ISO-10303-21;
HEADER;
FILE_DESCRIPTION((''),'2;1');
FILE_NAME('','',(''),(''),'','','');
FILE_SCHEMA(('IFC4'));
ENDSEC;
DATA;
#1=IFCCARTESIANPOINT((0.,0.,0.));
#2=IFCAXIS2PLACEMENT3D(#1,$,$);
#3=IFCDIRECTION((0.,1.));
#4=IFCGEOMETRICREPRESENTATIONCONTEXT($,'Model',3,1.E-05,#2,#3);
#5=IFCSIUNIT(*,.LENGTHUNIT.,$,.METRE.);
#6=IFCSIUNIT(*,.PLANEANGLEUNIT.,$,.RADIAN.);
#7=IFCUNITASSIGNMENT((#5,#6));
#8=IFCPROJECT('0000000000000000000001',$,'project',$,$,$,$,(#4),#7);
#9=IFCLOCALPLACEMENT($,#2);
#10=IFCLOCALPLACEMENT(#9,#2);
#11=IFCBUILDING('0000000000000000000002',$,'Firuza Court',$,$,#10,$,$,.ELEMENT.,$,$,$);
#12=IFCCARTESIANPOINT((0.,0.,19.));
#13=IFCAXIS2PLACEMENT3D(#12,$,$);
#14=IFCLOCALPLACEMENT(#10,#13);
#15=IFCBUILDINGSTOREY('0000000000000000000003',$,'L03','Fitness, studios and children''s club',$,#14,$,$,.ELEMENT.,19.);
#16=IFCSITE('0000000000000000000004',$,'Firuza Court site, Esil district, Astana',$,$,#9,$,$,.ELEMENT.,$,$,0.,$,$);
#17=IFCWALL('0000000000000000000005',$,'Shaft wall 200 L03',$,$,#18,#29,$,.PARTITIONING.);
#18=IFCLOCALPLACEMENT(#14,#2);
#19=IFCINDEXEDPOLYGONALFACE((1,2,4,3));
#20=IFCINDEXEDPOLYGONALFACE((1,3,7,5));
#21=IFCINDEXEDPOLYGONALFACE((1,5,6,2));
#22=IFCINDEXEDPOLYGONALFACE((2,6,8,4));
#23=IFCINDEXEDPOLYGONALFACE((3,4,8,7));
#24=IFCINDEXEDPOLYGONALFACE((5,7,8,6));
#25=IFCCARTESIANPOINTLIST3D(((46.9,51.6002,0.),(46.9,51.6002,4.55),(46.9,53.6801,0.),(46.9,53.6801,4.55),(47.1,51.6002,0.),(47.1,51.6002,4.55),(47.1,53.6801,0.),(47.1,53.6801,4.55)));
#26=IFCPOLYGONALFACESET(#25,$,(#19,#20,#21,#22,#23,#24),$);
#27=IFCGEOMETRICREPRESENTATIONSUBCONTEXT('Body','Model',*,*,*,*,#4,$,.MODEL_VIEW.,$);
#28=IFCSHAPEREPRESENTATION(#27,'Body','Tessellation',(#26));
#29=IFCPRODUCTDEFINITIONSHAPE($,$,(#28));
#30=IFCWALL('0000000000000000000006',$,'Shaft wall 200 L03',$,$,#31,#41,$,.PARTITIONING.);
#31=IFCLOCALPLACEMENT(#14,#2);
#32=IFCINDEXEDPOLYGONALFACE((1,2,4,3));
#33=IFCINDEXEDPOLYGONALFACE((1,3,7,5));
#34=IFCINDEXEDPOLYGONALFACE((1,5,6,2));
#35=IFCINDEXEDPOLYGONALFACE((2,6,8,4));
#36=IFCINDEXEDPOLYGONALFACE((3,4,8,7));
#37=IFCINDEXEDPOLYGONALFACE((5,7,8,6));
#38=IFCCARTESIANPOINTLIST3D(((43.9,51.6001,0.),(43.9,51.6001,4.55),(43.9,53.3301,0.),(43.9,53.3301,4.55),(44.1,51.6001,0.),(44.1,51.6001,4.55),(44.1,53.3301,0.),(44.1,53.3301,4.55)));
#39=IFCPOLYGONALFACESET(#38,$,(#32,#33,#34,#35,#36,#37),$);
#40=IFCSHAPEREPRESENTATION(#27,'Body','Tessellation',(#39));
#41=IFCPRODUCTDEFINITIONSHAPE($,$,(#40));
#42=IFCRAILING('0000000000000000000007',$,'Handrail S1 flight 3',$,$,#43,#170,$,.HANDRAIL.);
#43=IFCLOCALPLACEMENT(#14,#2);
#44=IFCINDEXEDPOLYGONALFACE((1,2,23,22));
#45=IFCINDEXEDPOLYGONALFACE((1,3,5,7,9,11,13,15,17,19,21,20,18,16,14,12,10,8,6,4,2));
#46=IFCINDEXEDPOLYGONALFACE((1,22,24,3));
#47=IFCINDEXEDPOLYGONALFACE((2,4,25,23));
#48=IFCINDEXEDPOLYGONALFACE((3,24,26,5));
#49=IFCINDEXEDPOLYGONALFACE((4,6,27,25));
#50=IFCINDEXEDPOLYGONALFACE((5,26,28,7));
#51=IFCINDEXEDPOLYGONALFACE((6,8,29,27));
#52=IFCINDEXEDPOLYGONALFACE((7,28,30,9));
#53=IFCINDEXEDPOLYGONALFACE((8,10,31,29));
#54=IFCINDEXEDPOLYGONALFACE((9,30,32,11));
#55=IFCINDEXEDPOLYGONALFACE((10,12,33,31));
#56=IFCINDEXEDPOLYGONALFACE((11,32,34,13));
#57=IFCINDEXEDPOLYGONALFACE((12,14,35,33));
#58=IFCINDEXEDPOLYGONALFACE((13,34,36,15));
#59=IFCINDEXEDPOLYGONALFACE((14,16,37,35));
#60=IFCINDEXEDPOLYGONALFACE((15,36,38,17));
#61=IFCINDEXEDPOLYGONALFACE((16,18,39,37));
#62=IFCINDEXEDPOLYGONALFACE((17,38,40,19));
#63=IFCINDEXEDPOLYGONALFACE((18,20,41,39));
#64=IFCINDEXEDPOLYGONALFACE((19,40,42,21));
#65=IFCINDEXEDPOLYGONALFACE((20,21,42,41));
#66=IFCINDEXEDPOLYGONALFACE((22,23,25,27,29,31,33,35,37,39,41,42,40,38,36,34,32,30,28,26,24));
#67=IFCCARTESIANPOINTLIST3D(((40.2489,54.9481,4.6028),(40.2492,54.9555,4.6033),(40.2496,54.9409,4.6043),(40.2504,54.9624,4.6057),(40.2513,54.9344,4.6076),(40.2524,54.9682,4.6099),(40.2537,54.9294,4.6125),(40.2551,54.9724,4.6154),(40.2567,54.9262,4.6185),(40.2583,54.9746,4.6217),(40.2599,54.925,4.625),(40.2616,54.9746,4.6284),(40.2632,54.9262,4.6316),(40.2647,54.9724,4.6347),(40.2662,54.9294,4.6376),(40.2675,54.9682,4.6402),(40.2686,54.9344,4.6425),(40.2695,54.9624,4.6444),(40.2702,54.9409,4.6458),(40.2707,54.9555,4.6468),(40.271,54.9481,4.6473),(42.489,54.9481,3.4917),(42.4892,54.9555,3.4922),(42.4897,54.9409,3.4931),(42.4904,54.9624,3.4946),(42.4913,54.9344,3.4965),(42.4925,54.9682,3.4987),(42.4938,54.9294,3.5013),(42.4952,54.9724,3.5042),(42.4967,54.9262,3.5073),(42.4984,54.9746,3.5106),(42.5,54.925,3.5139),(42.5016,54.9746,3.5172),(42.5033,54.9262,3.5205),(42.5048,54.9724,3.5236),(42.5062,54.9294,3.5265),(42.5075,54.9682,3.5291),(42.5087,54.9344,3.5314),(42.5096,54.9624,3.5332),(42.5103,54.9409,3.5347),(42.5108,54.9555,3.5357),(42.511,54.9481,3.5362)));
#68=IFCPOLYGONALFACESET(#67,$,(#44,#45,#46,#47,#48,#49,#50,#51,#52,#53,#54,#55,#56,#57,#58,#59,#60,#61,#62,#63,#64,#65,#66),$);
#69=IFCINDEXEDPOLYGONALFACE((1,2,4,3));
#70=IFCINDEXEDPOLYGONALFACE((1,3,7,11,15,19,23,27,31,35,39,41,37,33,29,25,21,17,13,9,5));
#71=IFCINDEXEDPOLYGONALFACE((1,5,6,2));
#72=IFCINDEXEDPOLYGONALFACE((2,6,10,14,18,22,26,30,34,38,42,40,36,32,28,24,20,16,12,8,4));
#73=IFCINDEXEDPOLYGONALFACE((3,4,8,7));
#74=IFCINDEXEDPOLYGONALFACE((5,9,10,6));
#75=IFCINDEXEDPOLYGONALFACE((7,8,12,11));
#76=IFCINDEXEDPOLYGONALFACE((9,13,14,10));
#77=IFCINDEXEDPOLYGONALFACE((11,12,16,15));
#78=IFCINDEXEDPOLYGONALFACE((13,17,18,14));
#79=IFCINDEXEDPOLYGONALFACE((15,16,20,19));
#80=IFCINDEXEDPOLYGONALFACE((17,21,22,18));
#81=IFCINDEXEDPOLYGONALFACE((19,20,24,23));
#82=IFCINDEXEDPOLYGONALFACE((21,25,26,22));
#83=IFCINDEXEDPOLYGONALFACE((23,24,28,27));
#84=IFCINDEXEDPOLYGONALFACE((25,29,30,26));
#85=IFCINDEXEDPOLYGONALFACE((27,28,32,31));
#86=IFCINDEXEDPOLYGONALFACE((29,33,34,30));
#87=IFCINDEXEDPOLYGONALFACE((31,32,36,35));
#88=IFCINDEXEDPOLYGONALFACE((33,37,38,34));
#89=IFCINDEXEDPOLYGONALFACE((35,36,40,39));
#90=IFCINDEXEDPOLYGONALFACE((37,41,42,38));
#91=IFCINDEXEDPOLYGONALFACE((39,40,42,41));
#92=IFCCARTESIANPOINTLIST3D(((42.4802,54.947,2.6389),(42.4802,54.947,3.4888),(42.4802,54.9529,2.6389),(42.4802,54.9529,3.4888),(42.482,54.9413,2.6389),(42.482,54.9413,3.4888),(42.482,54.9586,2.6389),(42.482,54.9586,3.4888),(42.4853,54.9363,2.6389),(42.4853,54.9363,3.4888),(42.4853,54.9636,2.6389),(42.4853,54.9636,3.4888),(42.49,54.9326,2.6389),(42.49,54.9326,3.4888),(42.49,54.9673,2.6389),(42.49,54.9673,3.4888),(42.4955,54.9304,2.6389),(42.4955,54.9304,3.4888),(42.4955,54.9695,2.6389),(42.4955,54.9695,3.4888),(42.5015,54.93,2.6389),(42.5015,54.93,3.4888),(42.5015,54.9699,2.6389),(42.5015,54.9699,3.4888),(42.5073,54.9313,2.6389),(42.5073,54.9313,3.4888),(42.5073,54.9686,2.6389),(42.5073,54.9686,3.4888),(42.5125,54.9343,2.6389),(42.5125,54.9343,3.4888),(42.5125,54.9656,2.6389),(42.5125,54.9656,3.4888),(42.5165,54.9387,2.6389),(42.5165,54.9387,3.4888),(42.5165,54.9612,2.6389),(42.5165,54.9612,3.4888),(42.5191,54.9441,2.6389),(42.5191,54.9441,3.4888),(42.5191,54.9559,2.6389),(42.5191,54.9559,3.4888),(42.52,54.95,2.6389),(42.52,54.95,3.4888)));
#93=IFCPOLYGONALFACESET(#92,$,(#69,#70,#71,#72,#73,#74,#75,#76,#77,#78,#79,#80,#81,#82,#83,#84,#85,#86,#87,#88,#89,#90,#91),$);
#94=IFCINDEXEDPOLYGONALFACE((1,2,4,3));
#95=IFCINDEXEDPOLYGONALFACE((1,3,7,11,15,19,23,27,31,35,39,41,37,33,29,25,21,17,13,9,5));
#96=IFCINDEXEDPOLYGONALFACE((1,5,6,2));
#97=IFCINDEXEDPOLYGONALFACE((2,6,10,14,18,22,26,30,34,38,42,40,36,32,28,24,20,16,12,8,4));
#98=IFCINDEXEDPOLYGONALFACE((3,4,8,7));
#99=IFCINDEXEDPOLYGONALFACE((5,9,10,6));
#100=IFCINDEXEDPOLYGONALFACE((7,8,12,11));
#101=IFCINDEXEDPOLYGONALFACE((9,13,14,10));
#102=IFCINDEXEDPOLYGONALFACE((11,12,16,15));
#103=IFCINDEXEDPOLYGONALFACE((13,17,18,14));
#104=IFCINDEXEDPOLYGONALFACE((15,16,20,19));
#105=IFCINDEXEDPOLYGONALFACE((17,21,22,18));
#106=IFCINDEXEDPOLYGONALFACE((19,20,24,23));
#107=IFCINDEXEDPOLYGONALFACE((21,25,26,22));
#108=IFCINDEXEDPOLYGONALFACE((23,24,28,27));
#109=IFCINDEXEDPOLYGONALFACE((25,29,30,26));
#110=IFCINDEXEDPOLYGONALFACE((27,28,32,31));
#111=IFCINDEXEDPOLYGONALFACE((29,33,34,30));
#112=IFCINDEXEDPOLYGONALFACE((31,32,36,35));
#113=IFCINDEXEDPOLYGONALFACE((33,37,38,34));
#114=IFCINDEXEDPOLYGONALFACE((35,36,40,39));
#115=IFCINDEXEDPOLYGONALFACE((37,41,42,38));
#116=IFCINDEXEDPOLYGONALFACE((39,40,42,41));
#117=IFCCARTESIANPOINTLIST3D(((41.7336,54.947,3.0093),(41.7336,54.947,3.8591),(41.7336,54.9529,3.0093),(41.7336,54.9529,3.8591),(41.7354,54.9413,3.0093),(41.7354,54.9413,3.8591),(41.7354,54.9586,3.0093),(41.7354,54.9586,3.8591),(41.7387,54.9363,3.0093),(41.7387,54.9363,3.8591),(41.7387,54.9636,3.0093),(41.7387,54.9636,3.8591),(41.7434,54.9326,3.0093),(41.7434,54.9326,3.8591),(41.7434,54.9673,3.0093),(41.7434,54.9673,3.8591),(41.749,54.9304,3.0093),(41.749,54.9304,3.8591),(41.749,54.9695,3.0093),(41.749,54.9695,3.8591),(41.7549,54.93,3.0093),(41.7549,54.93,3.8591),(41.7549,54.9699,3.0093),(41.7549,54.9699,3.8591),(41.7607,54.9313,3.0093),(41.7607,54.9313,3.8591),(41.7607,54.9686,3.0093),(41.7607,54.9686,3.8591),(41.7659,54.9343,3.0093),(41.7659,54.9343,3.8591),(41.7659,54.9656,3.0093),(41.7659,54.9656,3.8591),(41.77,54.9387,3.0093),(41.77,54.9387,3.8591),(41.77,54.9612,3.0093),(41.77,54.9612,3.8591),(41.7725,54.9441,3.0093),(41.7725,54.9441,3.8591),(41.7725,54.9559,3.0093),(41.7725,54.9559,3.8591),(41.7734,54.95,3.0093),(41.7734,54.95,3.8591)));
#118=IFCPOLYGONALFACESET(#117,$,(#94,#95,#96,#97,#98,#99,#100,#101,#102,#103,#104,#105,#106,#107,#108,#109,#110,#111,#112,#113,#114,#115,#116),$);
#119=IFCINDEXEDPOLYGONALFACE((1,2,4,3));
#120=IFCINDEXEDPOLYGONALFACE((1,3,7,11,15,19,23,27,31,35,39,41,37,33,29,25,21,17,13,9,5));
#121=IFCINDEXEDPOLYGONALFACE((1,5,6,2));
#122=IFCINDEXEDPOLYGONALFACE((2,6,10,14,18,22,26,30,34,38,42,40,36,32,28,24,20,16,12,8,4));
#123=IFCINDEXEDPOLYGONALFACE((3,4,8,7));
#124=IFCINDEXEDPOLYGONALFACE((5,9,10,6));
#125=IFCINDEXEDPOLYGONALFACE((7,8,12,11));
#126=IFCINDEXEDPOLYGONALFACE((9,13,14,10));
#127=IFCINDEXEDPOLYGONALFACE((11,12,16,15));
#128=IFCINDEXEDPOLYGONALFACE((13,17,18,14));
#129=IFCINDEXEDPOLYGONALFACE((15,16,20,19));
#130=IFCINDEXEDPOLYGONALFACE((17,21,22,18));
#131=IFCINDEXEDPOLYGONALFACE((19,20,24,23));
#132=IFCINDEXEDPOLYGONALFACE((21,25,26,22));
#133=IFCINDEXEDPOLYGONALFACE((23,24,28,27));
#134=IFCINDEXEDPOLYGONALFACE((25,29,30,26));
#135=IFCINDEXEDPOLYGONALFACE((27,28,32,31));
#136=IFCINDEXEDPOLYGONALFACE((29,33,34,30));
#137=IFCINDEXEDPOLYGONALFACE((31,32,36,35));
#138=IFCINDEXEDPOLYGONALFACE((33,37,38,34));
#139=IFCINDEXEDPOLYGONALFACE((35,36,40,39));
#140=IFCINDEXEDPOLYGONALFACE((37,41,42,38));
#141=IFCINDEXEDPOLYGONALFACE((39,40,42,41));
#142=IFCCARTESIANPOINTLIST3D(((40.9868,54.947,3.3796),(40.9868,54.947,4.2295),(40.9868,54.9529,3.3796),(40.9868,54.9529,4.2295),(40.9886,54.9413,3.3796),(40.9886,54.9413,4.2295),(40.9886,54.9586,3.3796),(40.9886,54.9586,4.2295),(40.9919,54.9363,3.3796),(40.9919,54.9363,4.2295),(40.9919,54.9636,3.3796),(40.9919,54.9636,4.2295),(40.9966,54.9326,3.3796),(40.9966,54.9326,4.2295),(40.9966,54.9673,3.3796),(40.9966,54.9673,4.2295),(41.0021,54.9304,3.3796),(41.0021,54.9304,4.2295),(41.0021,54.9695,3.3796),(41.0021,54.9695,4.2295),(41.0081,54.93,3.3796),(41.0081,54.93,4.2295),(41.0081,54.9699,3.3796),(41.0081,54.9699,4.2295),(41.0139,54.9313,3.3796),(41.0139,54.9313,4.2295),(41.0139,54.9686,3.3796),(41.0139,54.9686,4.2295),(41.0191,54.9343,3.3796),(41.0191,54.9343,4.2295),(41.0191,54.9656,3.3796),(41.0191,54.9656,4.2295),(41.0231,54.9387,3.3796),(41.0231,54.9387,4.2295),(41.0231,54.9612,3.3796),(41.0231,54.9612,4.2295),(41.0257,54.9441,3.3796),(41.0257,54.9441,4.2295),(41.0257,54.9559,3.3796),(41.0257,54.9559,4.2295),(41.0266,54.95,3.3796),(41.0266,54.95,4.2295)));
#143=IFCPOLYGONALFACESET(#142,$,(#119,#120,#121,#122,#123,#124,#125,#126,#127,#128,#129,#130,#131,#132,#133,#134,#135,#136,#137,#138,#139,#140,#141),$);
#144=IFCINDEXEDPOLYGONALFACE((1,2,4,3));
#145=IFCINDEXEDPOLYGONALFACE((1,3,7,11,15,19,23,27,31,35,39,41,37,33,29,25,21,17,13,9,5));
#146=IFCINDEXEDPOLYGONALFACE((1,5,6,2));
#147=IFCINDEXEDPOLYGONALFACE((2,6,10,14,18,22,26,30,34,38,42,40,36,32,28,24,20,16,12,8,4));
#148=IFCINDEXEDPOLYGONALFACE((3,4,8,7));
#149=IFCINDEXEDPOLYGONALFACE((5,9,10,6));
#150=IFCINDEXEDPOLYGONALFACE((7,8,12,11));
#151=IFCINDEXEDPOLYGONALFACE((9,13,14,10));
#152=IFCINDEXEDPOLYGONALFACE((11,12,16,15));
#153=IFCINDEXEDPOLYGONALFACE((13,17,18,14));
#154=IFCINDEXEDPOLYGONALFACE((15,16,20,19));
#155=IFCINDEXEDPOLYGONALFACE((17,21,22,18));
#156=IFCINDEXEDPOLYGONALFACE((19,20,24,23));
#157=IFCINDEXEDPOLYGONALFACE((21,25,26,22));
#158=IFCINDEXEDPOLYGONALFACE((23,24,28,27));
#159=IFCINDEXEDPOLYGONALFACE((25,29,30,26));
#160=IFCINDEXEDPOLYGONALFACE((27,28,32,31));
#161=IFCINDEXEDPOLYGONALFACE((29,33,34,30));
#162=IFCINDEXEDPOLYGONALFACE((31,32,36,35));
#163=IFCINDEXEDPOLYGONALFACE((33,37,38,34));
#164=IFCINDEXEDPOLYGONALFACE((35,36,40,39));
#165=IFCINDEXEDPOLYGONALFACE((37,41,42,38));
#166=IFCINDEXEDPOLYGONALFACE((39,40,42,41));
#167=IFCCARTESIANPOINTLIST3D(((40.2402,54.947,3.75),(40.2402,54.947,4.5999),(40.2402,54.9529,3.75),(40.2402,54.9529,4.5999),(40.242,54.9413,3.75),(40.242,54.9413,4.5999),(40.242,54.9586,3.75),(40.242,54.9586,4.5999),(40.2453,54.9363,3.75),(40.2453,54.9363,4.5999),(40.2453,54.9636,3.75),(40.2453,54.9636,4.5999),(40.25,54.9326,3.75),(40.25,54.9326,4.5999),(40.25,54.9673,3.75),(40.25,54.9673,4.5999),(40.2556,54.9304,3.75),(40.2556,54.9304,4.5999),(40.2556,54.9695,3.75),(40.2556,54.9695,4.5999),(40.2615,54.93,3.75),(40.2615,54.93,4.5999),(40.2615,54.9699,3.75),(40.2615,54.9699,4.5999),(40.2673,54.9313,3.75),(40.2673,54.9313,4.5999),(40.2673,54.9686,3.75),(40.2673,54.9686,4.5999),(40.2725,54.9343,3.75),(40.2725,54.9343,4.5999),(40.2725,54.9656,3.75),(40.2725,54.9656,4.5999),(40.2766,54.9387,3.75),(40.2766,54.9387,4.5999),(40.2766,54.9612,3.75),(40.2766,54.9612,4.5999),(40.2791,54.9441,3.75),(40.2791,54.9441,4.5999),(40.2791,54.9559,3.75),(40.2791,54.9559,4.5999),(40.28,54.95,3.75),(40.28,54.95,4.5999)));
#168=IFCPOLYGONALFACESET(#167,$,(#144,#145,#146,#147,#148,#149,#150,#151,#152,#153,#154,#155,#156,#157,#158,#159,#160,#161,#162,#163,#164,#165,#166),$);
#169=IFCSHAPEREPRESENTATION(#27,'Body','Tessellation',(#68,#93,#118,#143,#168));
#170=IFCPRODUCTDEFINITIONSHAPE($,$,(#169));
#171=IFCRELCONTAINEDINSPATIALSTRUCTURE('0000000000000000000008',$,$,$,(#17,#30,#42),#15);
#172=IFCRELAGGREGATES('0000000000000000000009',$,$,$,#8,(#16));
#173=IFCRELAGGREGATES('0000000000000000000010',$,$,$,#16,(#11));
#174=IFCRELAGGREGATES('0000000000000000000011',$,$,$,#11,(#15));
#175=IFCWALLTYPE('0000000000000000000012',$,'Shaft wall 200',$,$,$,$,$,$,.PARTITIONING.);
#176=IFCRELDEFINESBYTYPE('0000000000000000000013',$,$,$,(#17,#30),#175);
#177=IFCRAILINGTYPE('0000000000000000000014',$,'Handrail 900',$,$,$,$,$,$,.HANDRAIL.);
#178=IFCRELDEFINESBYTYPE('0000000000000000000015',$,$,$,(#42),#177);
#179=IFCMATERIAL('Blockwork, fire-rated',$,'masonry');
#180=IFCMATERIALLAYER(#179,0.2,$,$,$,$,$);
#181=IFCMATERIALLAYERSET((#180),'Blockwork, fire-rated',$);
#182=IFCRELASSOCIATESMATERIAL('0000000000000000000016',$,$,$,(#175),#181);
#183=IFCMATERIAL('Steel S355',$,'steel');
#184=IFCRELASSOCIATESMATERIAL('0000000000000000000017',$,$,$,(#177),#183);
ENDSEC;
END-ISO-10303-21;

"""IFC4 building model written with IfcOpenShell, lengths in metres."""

from ifc_helpers import new_model, si_unit, direction, frame, frame_2d, origin, origin_2d, place, context, subcontext, project, spatial, rectangle, circle, extrude, material, layer, layer_set, type_object, element, save


model = new_model("IFC4")

# Units and contexts
model_context = context("Model", 3, precision=1e-05, world=origin(), true_north=direction((0.0, 1.0)))
body_context = subcontext(model_context, "Body", "Model", "MODEL_VIEW")
ifc_project = project(units=[si_unit("LENGTHUNIT", "METRE"), si_unit("PLANEANGLEUNIT", "RADIAN")], contexts=[model_context])

# Site, building, storey
site_placement = place(None, origin())
site = spatial("IfcSite", under=ifc_project, at=site_placement, Name="Firuza Court site, Esil district, Astana", CompositionType="ELEMENT", RefElevation=0.0)
building_placement = place(site_placement, origin())
building = spatial("IfcBuilding", under=site, at=building_placement, Name="Firuza Court", CompositionType="ELEMENT")
storey_placement = place(building_placement, frame((0.0, 0.0, 19.0)))
storey = spatial("IfcBuildingStorey", under=building, at=storey_placement, Name="L03", Description="Fitness, studios and children's club", CompositionType="ELEMENT", Elevation=19.0)

# Shared definitions
ifc_material_1 = material(Name="Blockwork, fire-rated", Category="masonry")
ifc_layer_1 = layer(ifc_material_1, 0.2)
ifc_layer_set_1 = layer_set([ifc_layer_1], Name="Blockwork, fire-rated")
wall_type_1 = type_object("IfcWallType", Name="Shaft wall 200", PredefinedType="PARTITIONING", material=ifc_layer_set_1)

# Walls
for number, where, z_axis, x_axis, name in (
    (1, (47.0, 51.6001, 0.0), (0.0, 0.0, 1.0), (0.0, 1.0, 0.0), "Shaft wall 200 L03"),
):
    element("IfcWall", number, at=place(storey_placement, frame(where, z_axis=z_axis, x_axis=x_axis)), inside=storey, type_object=wall_type_1, Name=name, PredefinedType="PARTITIONING", context=body_context, shape_type="SweptSolid", body=[
        extrude(rectangle(XDim=2.0798, YDim=0.2, at=frame_2d((1.04, 0.0))), origin(), (0.0, 0.0, 1.0), 4.55),
    ])
wall_1_placement = place(storey_placement, frame((44.0, 51.6001, 0.0), z_axis=(0.0, 0.0, 1.0), x_axis=(0.0, 1.0, 0.0)))
element("IfcWall", 2, at=wall_1_placement, inside=storey, type_object=wall_type_1, Name="Shaft wall 200 L03", PredefinedType="PARTITIONING", context=body_context, shape_type="SweptSolid", body=[
    extrude(rectangle(XDim=1.73, YDim=0.2, at=frame_2d((0.865, 0.0))), origin(), (0.0, 0.0, 1.0), 4.55),
])

# Railing
ifc_material_2 = material(Name="Steel S355", Category="steel")
railing_type_1 = type_object("IfcRailingType", Name="Handrail 900", PredefinedType="HANDRAIL", material=ifc_material_2)
railing_1_placement = place(storey_placement, frame((42.5, 54.95, 2.6389)))
element("IfcRailing", 3, at=railing_1_placement, inside=storey, type_object=railing_type_1, Name="Handrail S1 flight 3", PredefinedType="HANDRAIL", context=body_context, shape_type="SweptSolid", body=[
    extrude(circle(Radius=0.0249, at=origin_2d()), frame((0.0, 0.0, 0.875), z_axis=(-0.895848, 0.0, 0.44436), x_axis=(0.0, -1.0, 0.0)), (0.0, 0.0, 1.0), 2.5005),
    extrude(circle(Radius=0.02, at=origin_2d()), origin(), (0.0, 0.0, 1.0), 0.8499),
    extrude(circle(Radius=0.02, at=origin_2d()), frame((-0.7466, 0.0, 0.3704)), (0.0, 0.0, 1.0), 0.8499),
    extrude(circle(Radius=0.02, at=origin_2d()), frame((-1.4934, 0.0, 0.7407)), (0.0, 0.0, 1.0), 0.8499),
    extrude(circle(Radius=0.02, at=origin_2d()), frame((-2.24, 0.0, 1.1111)), (0.0, 0.0, 1.0), 0.8499),
])

save(model, "model.ifc")
